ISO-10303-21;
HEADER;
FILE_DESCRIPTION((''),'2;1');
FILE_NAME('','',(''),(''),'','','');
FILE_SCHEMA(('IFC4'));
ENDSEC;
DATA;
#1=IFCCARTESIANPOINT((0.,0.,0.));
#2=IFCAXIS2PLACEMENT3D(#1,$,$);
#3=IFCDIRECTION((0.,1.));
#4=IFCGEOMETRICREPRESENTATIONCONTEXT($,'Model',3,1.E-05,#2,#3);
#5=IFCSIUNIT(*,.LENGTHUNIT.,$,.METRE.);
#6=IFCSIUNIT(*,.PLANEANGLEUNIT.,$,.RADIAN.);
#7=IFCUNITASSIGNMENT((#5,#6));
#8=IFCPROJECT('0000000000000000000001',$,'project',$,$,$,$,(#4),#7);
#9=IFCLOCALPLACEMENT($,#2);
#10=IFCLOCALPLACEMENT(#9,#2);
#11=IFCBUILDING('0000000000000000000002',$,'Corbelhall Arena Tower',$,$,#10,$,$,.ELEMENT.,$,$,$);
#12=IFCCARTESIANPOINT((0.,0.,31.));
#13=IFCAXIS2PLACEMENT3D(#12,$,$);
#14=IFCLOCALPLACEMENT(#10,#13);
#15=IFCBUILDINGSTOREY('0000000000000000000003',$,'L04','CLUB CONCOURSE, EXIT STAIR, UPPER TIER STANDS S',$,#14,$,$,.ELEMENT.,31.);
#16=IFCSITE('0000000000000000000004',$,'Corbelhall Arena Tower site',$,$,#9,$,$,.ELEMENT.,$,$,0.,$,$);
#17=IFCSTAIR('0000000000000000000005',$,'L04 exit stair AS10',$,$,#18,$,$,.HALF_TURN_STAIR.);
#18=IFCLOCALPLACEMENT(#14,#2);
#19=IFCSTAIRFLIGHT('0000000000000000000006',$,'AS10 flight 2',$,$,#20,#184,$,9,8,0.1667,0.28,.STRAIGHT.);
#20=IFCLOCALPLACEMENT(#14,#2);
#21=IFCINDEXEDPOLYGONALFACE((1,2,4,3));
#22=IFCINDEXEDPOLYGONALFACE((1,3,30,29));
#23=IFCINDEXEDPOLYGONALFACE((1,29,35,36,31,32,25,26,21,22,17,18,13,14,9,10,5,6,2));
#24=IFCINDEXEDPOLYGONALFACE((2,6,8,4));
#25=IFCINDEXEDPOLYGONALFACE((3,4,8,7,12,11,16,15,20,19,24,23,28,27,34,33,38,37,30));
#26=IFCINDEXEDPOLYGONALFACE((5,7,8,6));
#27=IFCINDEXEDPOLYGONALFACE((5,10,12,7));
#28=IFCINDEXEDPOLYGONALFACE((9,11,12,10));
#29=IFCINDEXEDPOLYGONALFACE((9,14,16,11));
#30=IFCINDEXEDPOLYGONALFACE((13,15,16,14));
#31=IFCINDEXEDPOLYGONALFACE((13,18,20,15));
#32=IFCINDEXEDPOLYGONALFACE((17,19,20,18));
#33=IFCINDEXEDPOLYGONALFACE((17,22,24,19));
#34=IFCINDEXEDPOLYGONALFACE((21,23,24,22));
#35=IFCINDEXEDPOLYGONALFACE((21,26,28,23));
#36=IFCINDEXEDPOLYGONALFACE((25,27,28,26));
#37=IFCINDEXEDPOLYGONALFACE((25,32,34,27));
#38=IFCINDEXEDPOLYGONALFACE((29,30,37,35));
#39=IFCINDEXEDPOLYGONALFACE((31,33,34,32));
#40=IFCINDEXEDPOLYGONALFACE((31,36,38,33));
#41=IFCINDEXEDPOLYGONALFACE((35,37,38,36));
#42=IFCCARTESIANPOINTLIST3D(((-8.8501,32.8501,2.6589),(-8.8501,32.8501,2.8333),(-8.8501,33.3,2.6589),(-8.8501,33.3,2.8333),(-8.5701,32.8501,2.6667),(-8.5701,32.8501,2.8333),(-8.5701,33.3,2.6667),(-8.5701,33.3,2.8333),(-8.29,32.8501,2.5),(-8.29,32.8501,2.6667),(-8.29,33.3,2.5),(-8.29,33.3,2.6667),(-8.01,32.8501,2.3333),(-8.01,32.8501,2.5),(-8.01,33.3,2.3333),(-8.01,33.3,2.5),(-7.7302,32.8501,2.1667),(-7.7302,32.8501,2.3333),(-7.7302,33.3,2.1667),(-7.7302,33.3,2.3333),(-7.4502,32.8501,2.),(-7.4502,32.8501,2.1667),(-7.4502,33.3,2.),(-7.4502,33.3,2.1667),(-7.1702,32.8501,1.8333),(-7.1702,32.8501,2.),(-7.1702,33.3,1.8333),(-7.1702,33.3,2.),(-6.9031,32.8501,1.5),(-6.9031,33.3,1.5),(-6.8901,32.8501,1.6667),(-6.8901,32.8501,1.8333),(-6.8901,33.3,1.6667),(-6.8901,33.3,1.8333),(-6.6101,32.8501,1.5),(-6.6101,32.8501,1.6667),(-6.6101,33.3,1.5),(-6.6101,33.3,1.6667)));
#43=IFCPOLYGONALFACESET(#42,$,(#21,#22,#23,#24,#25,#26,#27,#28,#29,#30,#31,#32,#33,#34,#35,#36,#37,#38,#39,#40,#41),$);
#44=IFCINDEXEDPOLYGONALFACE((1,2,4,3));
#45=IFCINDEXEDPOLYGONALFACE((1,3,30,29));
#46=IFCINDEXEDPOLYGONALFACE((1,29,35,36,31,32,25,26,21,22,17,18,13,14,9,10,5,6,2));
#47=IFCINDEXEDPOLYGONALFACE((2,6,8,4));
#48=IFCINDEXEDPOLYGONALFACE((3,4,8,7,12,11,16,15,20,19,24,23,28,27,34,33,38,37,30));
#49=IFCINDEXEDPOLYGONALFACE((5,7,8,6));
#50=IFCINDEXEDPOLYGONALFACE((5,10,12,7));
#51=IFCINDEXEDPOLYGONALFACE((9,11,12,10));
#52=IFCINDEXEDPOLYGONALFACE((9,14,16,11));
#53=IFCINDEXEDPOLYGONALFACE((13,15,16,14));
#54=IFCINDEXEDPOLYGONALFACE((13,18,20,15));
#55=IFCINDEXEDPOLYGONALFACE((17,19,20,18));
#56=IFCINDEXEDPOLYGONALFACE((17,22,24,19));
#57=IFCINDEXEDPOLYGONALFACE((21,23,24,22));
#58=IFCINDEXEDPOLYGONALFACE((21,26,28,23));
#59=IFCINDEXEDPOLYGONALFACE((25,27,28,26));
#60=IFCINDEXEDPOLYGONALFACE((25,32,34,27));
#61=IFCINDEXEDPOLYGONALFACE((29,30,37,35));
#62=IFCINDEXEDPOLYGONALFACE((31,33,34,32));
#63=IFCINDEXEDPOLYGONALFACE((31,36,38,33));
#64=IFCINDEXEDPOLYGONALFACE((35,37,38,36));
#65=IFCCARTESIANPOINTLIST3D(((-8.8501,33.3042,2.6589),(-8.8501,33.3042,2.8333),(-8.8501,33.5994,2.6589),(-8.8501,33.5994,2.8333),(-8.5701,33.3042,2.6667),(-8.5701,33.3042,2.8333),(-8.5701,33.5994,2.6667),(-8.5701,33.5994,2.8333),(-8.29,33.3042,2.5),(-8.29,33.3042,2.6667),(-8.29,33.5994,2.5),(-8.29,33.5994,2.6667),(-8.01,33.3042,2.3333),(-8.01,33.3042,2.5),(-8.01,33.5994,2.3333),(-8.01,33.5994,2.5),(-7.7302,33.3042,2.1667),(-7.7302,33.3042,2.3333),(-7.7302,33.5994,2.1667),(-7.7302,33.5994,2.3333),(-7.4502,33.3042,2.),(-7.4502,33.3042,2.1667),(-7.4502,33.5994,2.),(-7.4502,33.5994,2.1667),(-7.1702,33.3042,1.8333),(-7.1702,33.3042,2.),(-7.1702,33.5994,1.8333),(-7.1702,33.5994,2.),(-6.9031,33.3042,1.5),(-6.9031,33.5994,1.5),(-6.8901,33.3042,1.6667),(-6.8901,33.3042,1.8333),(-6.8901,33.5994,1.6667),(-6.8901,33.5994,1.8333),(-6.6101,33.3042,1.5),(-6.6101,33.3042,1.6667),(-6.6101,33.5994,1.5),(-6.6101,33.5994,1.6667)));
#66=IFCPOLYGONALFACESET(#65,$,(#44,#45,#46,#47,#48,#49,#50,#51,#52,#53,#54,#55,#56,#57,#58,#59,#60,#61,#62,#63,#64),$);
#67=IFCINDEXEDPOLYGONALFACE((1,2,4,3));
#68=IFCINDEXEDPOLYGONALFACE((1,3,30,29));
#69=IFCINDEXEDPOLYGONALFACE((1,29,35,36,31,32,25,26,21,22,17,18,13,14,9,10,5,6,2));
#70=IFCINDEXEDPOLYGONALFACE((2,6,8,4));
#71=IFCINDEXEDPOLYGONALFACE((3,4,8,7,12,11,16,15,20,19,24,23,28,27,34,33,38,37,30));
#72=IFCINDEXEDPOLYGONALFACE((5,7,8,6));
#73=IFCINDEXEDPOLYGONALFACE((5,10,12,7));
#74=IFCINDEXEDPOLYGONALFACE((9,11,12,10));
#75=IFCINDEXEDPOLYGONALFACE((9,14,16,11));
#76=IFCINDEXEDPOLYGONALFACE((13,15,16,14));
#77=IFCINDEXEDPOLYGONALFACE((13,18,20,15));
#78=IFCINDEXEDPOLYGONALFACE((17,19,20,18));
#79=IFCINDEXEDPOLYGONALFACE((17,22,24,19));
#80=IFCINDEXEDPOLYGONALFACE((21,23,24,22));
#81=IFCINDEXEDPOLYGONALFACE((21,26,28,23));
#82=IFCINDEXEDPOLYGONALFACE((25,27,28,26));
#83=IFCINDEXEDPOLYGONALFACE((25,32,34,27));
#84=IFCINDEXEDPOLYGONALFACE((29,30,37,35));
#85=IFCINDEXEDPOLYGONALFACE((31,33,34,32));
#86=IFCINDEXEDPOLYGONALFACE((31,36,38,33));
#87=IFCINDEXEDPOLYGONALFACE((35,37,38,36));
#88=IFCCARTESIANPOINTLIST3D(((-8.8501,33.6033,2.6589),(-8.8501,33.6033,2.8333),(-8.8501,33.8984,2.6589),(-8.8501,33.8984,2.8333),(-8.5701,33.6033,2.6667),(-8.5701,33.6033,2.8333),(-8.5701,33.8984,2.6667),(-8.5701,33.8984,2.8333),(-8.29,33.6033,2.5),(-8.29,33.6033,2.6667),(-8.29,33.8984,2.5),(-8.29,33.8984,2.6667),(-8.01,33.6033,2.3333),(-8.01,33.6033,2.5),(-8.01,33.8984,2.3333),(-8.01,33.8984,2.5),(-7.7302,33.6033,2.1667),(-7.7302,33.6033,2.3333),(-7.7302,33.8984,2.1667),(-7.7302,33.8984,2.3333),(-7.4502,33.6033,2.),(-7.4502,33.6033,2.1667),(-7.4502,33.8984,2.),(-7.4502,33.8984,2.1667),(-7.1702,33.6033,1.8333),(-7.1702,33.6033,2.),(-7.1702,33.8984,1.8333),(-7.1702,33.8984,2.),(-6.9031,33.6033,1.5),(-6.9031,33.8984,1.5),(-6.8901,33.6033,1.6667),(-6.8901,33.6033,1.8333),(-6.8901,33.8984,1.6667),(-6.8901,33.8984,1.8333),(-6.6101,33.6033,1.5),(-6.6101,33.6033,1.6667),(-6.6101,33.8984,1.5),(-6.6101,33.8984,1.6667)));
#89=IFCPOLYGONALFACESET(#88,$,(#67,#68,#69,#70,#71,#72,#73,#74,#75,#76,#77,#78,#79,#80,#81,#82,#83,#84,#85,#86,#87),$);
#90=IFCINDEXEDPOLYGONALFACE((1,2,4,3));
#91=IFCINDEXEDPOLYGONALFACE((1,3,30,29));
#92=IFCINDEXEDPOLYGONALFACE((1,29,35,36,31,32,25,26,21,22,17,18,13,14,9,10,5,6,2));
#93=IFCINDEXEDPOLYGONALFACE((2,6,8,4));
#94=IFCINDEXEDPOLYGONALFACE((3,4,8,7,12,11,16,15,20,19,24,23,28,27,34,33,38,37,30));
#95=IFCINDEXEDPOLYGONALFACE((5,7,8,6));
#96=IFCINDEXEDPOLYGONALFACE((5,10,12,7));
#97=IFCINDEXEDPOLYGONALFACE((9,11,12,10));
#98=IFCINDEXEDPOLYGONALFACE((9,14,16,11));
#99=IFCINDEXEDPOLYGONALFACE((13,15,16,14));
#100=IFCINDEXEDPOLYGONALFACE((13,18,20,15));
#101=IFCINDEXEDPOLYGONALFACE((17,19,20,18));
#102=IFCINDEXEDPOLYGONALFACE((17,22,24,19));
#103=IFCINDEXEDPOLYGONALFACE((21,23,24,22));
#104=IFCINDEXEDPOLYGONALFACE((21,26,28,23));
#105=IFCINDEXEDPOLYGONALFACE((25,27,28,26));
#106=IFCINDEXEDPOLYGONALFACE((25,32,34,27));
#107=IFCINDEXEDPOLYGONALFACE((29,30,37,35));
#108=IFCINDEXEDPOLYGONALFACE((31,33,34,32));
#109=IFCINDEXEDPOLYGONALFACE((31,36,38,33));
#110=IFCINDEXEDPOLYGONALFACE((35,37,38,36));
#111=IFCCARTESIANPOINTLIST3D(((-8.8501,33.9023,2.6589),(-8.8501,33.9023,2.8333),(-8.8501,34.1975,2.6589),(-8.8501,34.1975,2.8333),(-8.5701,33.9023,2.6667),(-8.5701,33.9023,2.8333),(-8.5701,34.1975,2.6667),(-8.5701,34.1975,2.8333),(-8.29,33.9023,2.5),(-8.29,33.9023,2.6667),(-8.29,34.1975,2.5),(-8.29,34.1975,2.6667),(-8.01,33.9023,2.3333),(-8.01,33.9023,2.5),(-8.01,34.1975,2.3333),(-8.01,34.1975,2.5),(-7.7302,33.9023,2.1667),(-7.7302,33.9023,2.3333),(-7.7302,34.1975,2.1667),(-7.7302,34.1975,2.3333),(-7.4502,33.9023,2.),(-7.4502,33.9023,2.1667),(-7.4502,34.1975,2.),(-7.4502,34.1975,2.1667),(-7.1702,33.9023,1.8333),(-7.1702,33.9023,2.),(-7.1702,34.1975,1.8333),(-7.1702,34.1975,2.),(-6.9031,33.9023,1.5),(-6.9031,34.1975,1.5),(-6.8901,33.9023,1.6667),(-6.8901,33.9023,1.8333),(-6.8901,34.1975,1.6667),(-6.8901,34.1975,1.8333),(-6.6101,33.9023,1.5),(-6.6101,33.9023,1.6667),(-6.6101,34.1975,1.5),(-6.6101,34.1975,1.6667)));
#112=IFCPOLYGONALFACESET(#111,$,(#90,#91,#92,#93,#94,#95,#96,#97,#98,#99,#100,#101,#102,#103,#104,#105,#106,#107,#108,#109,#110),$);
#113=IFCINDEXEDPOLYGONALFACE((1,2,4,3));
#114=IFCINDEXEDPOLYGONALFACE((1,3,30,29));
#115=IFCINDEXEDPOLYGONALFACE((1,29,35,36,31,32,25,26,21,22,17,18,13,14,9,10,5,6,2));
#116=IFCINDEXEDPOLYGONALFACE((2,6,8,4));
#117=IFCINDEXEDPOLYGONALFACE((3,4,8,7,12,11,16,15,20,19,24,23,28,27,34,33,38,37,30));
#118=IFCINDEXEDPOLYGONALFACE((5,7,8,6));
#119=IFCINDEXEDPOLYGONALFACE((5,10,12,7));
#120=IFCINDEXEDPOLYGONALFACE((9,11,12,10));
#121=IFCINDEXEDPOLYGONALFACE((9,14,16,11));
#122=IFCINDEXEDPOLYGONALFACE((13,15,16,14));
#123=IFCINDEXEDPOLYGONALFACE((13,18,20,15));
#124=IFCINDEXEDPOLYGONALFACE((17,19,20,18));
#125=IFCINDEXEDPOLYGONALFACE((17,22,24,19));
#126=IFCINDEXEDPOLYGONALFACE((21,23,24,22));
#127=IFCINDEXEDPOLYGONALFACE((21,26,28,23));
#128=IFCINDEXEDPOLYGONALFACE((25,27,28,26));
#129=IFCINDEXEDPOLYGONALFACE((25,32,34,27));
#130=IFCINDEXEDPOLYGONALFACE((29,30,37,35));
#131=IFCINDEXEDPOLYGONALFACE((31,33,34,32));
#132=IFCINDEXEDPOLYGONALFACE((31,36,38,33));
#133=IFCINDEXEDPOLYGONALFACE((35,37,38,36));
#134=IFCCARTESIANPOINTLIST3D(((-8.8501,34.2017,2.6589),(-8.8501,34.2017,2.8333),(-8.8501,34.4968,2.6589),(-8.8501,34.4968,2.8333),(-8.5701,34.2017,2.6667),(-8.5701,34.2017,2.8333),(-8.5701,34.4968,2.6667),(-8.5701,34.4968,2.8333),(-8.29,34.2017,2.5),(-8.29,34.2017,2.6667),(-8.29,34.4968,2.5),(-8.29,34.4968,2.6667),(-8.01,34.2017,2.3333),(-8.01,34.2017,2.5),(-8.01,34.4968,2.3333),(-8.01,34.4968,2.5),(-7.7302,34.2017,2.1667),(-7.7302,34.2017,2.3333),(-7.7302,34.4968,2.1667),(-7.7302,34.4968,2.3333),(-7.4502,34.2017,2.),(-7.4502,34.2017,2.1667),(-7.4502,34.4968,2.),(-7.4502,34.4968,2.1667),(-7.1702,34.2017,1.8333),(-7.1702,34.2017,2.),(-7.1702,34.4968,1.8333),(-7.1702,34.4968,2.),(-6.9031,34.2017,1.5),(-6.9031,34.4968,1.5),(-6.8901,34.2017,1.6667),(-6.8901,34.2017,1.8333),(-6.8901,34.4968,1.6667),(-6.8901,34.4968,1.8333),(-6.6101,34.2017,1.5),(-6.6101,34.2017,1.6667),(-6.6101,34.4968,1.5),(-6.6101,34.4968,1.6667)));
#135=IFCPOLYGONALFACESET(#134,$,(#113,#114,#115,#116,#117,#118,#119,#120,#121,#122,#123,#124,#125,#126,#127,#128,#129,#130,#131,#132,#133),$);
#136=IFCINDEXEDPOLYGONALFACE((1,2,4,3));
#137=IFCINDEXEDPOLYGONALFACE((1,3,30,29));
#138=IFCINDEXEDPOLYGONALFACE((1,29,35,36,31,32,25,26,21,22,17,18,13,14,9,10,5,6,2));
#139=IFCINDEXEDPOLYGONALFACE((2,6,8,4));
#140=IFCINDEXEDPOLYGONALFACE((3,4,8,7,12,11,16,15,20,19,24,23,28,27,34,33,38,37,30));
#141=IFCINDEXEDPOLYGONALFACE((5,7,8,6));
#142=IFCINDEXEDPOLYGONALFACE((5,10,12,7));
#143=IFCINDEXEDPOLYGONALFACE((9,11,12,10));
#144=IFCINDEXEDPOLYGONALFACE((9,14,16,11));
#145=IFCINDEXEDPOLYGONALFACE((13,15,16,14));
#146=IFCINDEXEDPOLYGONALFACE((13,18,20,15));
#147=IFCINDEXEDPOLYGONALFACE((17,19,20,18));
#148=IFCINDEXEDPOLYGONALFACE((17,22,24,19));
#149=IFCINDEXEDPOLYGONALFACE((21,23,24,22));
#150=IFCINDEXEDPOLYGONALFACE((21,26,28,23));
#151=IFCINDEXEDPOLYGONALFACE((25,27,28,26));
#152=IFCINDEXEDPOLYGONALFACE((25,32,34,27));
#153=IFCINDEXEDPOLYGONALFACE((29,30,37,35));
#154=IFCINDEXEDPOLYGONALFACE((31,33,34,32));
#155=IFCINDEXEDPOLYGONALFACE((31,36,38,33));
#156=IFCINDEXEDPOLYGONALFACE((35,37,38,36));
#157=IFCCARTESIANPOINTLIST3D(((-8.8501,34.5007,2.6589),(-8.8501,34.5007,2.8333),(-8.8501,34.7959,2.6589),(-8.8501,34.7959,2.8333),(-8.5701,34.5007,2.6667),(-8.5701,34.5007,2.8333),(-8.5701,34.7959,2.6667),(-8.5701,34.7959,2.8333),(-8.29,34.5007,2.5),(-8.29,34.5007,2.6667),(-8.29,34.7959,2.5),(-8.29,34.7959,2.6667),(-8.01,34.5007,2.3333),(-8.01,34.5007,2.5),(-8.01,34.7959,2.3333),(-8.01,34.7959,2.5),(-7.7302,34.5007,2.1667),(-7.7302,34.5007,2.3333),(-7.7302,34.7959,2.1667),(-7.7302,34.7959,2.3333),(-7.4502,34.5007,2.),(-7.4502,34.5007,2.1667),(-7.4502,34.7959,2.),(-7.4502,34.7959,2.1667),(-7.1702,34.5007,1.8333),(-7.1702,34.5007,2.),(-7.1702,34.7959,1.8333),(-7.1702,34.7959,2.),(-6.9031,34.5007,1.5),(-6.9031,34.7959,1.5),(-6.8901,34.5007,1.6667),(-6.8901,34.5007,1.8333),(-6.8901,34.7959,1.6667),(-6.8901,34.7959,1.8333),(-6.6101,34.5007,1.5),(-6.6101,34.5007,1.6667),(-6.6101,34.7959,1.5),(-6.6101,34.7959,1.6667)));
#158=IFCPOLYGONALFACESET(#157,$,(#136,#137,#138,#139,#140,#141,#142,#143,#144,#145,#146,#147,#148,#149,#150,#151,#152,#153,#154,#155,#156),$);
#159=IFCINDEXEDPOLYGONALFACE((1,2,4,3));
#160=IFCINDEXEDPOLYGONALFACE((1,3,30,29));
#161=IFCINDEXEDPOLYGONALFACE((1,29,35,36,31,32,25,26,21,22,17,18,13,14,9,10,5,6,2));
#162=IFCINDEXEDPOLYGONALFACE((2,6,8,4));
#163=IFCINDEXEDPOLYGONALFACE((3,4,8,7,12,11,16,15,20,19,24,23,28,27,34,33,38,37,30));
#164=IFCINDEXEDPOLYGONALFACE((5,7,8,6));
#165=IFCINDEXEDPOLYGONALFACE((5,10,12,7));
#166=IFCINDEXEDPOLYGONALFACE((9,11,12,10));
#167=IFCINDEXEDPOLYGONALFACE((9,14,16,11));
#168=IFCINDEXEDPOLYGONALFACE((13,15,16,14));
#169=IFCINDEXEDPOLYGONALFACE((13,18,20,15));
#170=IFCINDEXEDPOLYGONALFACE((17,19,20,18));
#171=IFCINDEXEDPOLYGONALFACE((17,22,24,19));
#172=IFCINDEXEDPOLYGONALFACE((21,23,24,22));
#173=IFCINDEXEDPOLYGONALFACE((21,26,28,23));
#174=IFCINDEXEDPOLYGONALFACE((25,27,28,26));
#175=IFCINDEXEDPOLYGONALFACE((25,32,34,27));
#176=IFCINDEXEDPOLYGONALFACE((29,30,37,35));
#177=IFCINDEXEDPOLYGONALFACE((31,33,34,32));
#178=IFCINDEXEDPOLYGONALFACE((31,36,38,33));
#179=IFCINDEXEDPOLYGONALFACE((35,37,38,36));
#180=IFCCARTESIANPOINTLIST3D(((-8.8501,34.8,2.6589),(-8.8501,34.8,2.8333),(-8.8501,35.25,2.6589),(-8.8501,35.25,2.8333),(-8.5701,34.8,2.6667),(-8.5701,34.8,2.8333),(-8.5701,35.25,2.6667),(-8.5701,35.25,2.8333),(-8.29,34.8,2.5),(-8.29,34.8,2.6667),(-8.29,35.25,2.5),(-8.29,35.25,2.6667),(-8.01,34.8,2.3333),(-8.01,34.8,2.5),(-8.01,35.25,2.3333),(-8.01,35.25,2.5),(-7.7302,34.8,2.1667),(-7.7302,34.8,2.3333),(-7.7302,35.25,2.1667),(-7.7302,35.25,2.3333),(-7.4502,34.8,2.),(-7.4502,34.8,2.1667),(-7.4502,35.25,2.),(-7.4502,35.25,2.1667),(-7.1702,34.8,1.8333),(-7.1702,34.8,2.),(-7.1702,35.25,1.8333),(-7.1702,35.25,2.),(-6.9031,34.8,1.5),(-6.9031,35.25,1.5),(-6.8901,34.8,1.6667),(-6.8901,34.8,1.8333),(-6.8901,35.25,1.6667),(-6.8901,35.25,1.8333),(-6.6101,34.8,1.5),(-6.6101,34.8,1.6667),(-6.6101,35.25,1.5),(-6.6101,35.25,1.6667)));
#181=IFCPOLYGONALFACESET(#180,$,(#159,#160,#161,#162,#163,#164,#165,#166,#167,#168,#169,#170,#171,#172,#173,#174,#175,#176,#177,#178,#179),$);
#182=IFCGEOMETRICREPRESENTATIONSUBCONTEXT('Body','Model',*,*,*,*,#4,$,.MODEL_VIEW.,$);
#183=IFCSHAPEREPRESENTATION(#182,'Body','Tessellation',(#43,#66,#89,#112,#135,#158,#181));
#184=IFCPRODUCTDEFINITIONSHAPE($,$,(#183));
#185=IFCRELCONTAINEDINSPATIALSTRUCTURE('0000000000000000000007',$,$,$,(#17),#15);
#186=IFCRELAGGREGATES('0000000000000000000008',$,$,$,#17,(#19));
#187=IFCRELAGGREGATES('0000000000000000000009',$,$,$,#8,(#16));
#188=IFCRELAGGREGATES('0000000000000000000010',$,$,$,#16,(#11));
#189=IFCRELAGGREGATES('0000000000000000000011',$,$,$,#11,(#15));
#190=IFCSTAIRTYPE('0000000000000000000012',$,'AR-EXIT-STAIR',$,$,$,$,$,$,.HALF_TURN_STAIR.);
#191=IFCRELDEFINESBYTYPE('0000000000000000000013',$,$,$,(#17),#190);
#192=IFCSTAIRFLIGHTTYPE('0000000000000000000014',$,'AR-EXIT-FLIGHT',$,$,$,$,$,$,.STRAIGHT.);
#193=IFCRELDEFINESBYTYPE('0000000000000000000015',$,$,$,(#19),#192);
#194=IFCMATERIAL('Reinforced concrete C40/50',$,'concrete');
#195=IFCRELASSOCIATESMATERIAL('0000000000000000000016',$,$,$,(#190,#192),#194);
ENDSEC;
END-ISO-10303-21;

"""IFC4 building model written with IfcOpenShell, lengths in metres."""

from ifc_helpers import new_model, si_unit, direction, frame, origin, place, context, subcontext, project, spatial, polyline, outline, extrude, material, type_object, element, aggregate, save


model = new_model("IFC4")

# Units and contexts
model_context = context("Model", 3, precision=1e-05, world=origin(), true_north=direction((0.0, 1.0)))
body_context = subcontext(model_context, "Body", "Model", "MODEL_VIEW")
ifc_project = project(units=[si_unit("LENGTHUNIT", "METRE"), si_unit("PLANEANGLEUNIT", "RADIAN")], contexts=[model_context])

# Site, building, storey
site_placement = place(None, origin())
site = spatial("IfcSite", under=ifc_project, at=site_placement, Name="Corbelhall Arena Tower site", CompositionType="ELEMENT", RefElevation=0.0)
building_placement = place(site_placement, origin())
building = spatial("IfcBuilding", under=site, at=building_placement, Name="Corbelhall Arena Tower", CompositionType="ELEMENT")
storey_placement = place(building_placement, frame((0.0, 0.0, 31.0)))
storey = spatial("IfcBuildingStorey", under=building, at=storey_placement, Name="L04", Description="CLUB CONCOURSE, EXIT STAIR, UPPER TIER STANDS S", CompositionType="ELEMENT", Elevation=31.0)

# Shared definitions
ifc_material_1 = material(Name="Reinforced concrete C40/50", Category="concrete")

# Stair, stair flight
stair_type = type_object("IfcStairType", Name="AR-EXIT-STAIR", PredefinedType="HALF_TURN_STAIR", material=ifc_material_1)
stair_flight_type = type_object("IfcStairFlightType", Name="AR-EXIT-FLIGHT", PredefinedType="STRAIGHT", material=ifc_material_1)
stair_1_placement = place(storey_placement, origin())
stair_1 = element("IfcStair", 1, at=stair_1_placement, inside=storey, type_object=stair_type, Name="L04 exit stair AS10", PredefinedType="HALF_TURN_STAIR")
stair_flight_1_placement = place(storey_placement, frame((-6.6101, 34.05, 1.5), z_axis=(0.0, 0.0, 1.0), x_axis=(-1.0, 0.0, 0.0)))
stair_flight_1 = element("IfcStairFlight", 2, at=stair_flight_1_placement, type_object=stair_flight_type, Name="AS10 flight 2", NumberOfRisers=9, NumberOfTreads=8, PredefinedType="STRAIGHT", RiserHeight=0.1667, TreadLength=0.28, context=body_context, shape_type="SweptSolid", body=[
    extrude(outline(polyline([(0.0, 0.0), (0.0, 0.1667), (0.28, 0.1667), (0.28, 0.3333), (0.5601, 0.3333), (0.5601, 0.5), (0.8401, 0.5), (0.8401, 0.6667), (1.1201, 0.6667), (1.1201, 0.8333), (1.3999, 0.8333), (1.3999, 1.0), (1.6799, 1.0), (1.6799, 1.1667), (1.96, 1.1667), (1.96, 1.3333), (2.24, 1.3333), (2.24, 1.5), (2.24, 1.1589), (0.293, 0.0), (0.0, 0.0)])), frame((0.0, 1.2, 0.0), z_axis=(0.0, -1.0, 0.0), x_axis=(1.0, 0.0, 0.0)), (0.0, 0.0, 1.0), 0.45),
    extrude(outline(polyline([(0.0, 0.0), (0.0, 0.1667), (0.28, 0.1667), (0.28, 0.3333), (0.5601, 0.3333), (0.5601, 0.5), (0.8401, 0.5), (0.8401, 0.6667), (1.1201, 0.6667), (1.1201, 0.8333), (1.3999, 0.8333), (1.3999, 1.0), (1.6799, 1.0), (1.6799, 1.1667), (1.96, 1.1667), (1.96, 1.3333), (2.24, 1.3333), (2.24, 1.5), (2.24, 1.1589), (0.293, 0.0), (0.0, 0.0)])), frame((0.0, 0.7458, 0.0), z_axis=(0.0, -1.0, 0.0), x_axis=(1.0, 0.0, 0.0)), (0.0, 0.0, 1.0), 0.2952),
    extrude(outline(polyline([(0.0, 0.0), (0.0, 0.1667), (0.28, 0.1667), (0.28, 0.3333), (0.5601, 0.3333), (0.5601, 0.5), (0.8401, 0.5), (0.8401, 0.6667), (1.1201, 0.6667), (1.1201, 0.8333), (1.3999, 0.8333), (1.3999, 1.0), (1.6799, 1.0), (1.6799, 1.1667), (1.96, 1.1667), (1.96, 1.3333), (2.24, 1.3333), (2.24, 1.5), (2.24, 1.1589), (0.293, 0.0), (0.0, 0.0)])), frame((0.0, 0.4468, 0.0), z_axis=(0.0, -1.0, 0.0), x_axis=(1.0, 0.0, 0.0)), (0.0, 0.0, 1.0), 0.2952),
    extrude(outline(polyline([(0.0, 0.0), (0.0, 0.1667), (0.28, 0.1667), (0.28, 0.3333), (0.5601, 0.3333), (0.5601, 0.5), (0.8401, 0.5), (0.8401, 0.6667), (1.1201, 0.6667), (1.1201, 0.8333), (1.3999, 0.8333), (1.3999, 1.0), (1.6799, 1.0), (1.6799, 1.1667), (1.96, 1.1667), (1.96, 1.3333), (2.24, 1.3333), (2.24, 1.5), (2.24, 1.1589), (0.293, 0.0), (0.0, 0.0)])), frame((0.0, 0.1477, 0.0), z_axis=(0.0, -1.0, 0.0), x_axis=(1.0, 0.0, 0.0)), (0.0, 0.0, 1.0), 0.2952),
    extrude(outline(polyline([(0.0, 0.0), (0.0, 0.1667), (0.28, 0.1667), (0.28, 0.3333), (0.5601, 0.3333), (0.5601, 0.5), (0.8401, 0.5), (0.8401, 0.6667), (1.1201, 0.6667), (1.1201, 0.8333), (1.3999, 0.8333), (1.3999, 1.0), (1.6799, 1.0), (1.6799, 1.1667), (1.96, 1.1667), (1.96, 1.3333), (2.24, 1.3333), (2.24, 1.5), (2.24, 1.1589), (0.293, 0.0), (0.0, 0.0)])), frame((0.0, -0.1516, 0.0), z_axis=(0.0, -1.0, 0.0), x_axis=(1.0, 0.0, 0.0)), (0.0, 0.0, 1.0), 0.2952),
    extrude(outline(polyline([(0.0, 0.0), (0.0, 0.1667), (0.28, 0.1667), (0.28, 0.3333), (0.5601, 0.3333), (0.5601, 0.5), (0.8401, 0.5), (0.8401, 0.6667), (1.1201, 0.6667), (1.1201, 0.8333), (1.3999, 0.8333), (1.3999, 1.0), (1.6799, 1.0), (1.6799, 1.1667), (1.96, 1.1667), (1.96, 1.3333), (2.24, 1.3333), (2.24, 1.5), (2.24, 1.1589), (0.293, 0.0), (0.0, 0.0)])), frame((0.0, -0.4507, 0.0), z_axis=(0.0, -1.0, 0.0), x_axis=(1.0, 0.0, 0.0)), (0.0, 0.0, 1.0), 0.2952),
    extrude(outline(polyline([(0.0, 0.0), (0.0, 0.1667), (0.28, 0.1667), (0.28, 0.3333), (0.5601, 0.3333), (0.5601, 0.5), (0.8401, 0.5), (0.8401, 0.6667), (1.1201, 0.6667), (1.1201, 0.8333), (1.3999, 0.8333), (1.3999, 1.0), (1.6799, 1.0), (1.6799, 1.1667), (1.96, 1.1667), (1.96, 1.3333), (2.24, 1.3333), (2.24, 1.5), (2.24, 1.1589), (0.293, 0.0), (0.0, 0.0)])), frame((0.0, -0.75, 0.0), z_axis=(0.0, -1.0, 0.0), x_axis=(1.0, 0.0, 0.0)), (0.0, 0.0, 1.0), 0.45),
])
aggregate(stair_1, [stair_flight_1])

save(model, "model.ifc")
